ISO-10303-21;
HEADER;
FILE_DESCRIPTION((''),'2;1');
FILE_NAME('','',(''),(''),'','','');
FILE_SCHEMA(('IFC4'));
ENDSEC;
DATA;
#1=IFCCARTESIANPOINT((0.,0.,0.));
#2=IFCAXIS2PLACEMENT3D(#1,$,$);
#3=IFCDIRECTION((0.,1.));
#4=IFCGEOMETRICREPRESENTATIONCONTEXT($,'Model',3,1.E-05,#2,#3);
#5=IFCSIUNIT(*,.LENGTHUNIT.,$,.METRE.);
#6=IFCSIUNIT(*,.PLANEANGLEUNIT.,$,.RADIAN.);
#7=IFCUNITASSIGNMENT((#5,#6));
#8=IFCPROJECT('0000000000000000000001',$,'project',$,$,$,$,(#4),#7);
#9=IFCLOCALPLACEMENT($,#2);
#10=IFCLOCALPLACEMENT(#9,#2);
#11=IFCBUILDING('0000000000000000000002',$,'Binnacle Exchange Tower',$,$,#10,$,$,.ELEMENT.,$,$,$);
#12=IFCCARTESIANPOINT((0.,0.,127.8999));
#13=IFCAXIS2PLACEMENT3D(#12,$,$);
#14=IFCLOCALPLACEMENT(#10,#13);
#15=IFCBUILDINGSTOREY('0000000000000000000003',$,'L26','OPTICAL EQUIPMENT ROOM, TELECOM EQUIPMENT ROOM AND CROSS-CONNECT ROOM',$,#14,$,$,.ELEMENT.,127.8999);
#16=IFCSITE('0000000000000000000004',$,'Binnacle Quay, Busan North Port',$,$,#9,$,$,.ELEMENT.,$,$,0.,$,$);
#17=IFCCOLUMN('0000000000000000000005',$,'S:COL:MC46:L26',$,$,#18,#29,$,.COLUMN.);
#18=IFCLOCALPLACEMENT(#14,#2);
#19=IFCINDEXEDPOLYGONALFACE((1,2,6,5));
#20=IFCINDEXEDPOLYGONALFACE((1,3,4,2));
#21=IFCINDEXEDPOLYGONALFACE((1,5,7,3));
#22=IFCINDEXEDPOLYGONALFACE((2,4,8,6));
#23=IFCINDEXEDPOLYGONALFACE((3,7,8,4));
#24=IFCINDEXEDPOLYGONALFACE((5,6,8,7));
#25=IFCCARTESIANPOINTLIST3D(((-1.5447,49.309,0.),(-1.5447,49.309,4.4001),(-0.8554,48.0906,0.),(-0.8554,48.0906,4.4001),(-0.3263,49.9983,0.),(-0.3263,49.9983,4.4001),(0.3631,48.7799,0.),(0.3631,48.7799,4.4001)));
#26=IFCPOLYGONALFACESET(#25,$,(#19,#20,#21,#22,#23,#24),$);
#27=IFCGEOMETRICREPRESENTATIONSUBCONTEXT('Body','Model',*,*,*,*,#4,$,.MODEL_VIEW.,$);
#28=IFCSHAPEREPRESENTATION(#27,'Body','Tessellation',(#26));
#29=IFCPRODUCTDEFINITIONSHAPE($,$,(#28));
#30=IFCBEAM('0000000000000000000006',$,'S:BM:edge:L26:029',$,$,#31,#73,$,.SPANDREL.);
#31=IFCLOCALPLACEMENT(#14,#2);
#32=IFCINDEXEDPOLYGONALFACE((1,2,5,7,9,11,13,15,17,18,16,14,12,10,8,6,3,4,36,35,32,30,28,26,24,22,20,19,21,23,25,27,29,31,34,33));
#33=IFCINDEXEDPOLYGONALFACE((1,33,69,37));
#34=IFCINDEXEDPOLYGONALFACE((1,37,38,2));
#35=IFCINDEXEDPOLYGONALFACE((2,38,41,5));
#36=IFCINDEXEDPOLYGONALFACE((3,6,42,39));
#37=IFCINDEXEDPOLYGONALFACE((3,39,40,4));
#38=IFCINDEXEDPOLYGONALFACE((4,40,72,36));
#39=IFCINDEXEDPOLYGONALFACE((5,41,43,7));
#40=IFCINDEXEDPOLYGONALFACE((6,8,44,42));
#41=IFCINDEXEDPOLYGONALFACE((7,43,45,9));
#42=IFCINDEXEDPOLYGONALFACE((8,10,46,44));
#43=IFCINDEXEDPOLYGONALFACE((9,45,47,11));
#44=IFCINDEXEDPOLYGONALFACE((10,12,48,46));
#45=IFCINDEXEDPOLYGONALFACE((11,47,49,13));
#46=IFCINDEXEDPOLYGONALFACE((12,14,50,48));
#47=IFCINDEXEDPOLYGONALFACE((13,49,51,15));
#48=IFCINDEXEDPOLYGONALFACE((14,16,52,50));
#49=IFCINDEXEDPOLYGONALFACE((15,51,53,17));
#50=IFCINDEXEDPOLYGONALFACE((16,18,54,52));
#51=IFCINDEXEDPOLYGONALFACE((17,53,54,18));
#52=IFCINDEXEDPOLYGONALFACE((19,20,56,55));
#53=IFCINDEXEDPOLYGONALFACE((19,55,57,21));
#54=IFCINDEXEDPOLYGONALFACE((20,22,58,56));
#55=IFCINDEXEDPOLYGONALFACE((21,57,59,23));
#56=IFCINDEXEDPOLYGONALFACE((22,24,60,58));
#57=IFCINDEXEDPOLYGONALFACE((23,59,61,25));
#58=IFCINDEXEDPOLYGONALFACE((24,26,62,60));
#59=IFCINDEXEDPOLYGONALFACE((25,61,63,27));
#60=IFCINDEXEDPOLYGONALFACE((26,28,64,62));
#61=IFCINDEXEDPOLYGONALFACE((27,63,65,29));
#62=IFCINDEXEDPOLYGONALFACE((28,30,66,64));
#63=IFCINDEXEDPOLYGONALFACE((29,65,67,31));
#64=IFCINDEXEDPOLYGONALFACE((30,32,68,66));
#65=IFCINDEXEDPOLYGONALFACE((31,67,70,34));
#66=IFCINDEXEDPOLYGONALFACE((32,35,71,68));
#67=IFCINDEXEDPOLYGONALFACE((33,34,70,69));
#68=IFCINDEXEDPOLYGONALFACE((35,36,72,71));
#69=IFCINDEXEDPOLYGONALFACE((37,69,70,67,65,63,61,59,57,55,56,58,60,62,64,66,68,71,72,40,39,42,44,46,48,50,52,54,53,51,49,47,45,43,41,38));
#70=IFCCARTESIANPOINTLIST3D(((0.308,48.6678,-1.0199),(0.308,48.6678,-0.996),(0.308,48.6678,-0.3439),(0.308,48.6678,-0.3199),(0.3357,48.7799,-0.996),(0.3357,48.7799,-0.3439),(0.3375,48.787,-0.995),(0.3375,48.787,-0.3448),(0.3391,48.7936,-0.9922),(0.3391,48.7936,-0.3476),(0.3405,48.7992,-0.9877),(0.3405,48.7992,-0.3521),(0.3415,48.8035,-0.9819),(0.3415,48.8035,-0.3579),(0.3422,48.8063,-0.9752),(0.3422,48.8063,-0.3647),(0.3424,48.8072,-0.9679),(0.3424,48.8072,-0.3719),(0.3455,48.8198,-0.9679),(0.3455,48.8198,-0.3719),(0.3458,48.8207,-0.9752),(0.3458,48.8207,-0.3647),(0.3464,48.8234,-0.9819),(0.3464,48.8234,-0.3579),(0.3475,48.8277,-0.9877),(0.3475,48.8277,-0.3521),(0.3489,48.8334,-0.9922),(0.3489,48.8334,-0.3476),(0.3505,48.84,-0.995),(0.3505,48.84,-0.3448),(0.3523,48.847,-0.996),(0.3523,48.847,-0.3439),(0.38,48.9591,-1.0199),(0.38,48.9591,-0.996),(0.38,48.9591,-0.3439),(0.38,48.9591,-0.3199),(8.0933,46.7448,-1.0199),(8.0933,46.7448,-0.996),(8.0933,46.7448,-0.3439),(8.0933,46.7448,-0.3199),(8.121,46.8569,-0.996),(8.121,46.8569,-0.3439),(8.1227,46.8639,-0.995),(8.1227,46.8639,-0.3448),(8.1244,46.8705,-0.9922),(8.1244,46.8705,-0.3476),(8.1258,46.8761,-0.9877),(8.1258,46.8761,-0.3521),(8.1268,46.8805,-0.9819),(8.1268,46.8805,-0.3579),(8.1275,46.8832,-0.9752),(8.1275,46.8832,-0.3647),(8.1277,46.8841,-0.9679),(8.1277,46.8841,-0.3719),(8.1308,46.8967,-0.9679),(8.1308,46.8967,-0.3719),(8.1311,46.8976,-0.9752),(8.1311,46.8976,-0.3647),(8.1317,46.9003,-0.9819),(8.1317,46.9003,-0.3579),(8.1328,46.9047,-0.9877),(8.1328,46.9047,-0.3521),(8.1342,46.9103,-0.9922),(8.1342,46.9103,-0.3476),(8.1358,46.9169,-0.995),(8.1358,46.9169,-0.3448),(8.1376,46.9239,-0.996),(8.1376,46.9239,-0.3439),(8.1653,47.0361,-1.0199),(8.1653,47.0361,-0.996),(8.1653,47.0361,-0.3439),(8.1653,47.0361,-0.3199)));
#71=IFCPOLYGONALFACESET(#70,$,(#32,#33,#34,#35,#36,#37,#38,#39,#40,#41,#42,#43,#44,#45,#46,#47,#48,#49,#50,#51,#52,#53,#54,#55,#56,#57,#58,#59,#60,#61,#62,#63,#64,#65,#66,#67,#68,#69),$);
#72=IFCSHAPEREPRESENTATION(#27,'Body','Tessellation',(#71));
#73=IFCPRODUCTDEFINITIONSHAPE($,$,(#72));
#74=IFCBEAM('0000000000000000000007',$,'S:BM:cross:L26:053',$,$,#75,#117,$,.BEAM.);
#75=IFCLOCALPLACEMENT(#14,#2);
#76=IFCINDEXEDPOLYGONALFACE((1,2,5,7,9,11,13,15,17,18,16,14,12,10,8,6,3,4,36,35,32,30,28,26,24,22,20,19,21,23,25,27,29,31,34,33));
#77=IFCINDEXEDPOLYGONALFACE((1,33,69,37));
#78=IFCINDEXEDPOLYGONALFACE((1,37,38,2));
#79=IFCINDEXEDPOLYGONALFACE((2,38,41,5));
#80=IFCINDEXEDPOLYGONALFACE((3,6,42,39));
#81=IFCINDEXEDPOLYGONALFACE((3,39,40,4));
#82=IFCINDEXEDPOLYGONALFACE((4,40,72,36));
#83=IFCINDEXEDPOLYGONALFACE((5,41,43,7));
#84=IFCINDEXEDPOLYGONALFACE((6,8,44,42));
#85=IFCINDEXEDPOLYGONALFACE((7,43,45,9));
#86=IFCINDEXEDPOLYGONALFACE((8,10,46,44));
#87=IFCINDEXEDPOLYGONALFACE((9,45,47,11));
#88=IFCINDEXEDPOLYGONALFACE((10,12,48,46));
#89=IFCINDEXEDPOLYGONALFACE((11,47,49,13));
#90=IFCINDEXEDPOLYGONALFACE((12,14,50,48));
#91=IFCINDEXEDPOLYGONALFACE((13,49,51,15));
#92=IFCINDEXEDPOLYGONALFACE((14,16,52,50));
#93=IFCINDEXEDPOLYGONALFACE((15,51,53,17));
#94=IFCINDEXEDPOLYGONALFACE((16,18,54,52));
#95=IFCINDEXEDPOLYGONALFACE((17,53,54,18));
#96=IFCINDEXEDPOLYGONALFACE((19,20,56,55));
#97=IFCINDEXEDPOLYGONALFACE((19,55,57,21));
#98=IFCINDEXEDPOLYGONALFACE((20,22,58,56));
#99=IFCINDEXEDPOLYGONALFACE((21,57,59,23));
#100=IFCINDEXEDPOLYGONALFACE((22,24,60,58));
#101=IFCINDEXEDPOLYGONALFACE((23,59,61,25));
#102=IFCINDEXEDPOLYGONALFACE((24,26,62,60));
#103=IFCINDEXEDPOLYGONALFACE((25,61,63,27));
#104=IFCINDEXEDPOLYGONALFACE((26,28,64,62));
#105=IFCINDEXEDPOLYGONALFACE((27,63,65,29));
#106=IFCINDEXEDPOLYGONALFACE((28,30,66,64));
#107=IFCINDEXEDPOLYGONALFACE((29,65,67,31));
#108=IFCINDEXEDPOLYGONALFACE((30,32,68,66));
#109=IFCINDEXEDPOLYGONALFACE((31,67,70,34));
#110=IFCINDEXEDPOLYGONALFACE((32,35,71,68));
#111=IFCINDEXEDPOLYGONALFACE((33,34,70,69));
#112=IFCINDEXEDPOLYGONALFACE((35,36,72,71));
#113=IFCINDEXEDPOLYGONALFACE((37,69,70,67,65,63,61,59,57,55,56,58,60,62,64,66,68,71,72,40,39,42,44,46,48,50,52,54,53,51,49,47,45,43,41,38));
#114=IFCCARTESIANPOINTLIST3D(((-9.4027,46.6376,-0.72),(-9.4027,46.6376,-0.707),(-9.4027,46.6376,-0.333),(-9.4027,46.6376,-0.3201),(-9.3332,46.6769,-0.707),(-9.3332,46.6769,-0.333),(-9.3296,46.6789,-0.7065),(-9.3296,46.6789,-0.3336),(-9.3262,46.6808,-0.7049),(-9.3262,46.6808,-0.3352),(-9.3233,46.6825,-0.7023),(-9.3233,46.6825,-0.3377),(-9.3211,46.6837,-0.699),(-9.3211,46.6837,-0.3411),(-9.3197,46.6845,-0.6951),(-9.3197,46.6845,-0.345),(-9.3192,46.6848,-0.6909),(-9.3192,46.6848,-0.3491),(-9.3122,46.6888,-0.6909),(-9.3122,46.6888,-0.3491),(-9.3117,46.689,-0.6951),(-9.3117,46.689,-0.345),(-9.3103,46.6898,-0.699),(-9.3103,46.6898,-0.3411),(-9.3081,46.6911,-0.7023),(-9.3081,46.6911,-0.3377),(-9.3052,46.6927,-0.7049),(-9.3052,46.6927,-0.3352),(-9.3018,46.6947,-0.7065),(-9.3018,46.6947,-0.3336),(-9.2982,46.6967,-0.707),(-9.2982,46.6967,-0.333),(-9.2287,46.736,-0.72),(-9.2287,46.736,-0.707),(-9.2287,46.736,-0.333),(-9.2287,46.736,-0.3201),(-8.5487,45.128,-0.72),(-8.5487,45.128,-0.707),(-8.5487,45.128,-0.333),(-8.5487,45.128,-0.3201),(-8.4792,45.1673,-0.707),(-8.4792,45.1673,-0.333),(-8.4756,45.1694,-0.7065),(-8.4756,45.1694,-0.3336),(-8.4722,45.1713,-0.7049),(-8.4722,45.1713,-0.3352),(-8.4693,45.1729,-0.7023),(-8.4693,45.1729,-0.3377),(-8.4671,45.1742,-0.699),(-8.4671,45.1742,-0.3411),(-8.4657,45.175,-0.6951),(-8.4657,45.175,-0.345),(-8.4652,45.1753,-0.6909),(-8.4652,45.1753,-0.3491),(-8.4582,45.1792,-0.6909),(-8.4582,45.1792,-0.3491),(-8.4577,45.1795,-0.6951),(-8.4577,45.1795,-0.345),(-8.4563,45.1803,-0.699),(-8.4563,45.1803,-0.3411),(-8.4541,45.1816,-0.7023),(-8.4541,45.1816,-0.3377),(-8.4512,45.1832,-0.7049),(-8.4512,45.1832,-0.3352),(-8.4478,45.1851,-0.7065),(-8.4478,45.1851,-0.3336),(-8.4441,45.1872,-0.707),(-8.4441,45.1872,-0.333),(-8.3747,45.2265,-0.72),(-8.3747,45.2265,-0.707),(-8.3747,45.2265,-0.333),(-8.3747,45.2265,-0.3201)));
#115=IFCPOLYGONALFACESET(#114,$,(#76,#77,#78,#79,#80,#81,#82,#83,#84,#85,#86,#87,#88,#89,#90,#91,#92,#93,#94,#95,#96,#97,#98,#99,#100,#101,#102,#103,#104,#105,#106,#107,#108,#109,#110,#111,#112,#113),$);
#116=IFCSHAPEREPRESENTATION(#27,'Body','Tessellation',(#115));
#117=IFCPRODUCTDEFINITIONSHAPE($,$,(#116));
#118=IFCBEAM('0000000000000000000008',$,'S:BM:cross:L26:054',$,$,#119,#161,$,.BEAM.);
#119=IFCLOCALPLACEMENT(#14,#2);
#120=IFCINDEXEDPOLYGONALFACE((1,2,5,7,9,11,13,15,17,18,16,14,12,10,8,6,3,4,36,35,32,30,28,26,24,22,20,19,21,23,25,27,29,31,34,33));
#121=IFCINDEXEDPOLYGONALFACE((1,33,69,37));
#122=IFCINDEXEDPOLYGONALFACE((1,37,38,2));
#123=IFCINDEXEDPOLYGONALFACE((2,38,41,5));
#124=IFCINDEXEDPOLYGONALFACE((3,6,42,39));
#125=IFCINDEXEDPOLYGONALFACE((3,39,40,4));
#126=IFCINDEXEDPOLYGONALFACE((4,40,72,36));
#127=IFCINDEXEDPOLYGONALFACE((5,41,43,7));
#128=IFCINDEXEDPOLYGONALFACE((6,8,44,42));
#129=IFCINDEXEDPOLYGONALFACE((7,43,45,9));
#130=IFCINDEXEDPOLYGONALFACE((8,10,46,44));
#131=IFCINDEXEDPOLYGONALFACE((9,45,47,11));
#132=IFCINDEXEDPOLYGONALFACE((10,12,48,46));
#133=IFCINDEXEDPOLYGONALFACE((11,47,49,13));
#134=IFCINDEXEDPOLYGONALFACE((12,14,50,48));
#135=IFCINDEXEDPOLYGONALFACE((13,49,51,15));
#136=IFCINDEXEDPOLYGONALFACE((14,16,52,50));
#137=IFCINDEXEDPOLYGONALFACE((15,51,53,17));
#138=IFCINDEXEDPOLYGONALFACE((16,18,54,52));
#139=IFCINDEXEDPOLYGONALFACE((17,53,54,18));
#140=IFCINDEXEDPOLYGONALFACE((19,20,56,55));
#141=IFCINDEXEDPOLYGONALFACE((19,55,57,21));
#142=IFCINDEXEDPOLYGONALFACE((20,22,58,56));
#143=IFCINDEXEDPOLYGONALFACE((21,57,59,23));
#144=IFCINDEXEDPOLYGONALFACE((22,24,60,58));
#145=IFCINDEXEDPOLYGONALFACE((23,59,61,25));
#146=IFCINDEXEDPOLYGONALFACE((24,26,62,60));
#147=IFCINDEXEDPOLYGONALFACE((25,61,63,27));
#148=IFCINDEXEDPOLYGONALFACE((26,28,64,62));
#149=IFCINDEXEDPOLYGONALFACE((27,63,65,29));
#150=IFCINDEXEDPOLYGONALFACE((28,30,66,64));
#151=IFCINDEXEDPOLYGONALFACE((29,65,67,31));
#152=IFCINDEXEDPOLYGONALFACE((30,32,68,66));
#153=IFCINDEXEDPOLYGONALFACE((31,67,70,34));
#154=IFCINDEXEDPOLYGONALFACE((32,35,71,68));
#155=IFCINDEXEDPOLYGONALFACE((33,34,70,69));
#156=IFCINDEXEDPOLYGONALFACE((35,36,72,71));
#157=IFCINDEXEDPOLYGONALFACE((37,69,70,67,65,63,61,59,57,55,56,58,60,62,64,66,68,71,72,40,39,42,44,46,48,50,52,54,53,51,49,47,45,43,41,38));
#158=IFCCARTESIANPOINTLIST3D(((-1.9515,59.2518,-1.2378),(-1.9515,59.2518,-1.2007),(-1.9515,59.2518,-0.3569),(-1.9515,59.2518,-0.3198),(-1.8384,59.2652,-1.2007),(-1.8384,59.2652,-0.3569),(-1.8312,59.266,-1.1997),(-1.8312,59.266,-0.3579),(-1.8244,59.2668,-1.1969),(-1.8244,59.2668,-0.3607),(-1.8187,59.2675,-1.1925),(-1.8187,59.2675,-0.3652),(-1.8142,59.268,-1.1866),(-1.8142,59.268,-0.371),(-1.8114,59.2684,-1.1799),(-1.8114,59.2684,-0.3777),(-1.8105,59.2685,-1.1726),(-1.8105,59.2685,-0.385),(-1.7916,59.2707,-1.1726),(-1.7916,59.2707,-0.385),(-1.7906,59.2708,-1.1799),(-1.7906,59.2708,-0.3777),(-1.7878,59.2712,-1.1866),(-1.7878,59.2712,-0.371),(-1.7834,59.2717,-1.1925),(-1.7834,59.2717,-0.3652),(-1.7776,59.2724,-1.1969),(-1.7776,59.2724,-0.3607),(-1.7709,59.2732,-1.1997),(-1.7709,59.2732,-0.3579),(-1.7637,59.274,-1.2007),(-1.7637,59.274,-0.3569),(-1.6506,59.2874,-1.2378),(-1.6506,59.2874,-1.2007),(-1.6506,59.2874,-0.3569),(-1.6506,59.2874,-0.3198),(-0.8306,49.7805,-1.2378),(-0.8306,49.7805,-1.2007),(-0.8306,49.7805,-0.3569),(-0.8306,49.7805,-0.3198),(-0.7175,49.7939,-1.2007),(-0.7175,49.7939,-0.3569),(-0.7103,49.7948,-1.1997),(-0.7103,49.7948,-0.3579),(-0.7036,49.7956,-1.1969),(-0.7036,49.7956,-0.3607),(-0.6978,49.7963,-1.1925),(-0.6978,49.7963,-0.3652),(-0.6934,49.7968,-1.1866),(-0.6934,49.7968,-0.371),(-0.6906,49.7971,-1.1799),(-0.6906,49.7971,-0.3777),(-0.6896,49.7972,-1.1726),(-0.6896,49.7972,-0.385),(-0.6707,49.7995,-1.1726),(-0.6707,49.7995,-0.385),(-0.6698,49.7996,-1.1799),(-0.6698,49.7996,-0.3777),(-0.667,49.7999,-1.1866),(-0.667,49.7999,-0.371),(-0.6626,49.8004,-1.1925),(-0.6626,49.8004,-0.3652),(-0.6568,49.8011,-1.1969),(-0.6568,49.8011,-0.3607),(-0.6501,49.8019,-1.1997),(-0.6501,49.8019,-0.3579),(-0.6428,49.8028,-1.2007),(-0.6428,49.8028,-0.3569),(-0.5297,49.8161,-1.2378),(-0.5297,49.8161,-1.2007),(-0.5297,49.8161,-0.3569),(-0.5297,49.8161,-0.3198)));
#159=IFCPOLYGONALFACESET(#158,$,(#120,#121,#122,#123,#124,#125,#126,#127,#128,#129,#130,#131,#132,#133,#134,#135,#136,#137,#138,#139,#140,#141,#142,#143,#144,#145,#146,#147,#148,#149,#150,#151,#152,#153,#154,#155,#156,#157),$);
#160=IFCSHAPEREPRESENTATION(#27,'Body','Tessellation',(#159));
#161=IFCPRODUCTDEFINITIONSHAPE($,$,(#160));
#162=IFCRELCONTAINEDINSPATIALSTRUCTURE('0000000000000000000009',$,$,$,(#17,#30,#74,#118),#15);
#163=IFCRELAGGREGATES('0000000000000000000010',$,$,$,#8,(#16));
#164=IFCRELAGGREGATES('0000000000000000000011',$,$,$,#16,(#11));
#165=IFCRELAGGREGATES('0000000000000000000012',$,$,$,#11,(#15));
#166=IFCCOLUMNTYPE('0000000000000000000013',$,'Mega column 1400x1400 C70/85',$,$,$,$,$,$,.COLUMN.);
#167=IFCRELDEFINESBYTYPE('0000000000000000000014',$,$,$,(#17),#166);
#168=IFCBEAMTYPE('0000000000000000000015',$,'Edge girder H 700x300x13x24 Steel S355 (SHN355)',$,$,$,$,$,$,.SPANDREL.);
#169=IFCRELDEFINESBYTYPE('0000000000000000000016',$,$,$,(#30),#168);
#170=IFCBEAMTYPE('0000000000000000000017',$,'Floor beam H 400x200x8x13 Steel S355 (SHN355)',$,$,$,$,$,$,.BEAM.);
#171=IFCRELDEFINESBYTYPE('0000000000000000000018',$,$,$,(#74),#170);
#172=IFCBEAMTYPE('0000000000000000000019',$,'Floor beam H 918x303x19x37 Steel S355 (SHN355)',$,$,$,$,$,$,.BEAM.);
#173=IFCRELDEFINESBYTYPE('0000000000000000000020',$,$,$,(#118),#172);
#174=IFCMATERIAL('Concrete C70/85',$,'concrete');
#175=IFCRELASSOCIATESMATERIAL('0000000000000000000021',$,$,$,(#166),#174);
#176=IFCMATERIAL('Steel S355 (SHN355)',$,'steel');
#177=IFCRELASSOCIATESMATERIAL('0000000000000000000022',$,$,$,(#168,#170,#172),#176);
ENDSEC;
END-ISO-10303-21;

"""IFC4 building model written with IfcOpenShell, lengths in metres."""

from ifc_helpers import new_model, si_unit, direction, frame, origin, origin_2d, place, context, subcontext, project, spatial, rectangle, i_section, extrude, material, material_profile, profile_set, type_object, element, save


model = new_model("IFC4")

# Units and contexts
model_context = context("Model", 3, precision=1e-05, world=origin(), true_north=direction((0.0, 1.0)))
body_context = subcontext(model_context, "Body", "Model", "MODEL_VIEW")
ifc_project = project(units=[si_unit("LENGTHUNIT", "METRE"), si_unit("PLANEANGLEUNIT", "RADIAN")], contexts=[model_context])

# Site, building, storey
site_placement = place(None, origin())
site = spatial("IfcSite", under=ifc_project, at=site_placement, Name="Binnacle Quay, Busan North Port", CompositionType="ELEMENT", RefElevation=0.0)
building_placement = place(site_placement, origin())
building = spatial("IfcBuilding", under=site, at=building_placement, Name="Binnacle Exchange Tower", CompositionType="ELEMENT")
storey_placement = place(building_placement, frame((0.0, 0.0, 127.8999)))
storey = spatial("IfcBuildingStorey", under=building, at=storey_placement, Name="L26", Description="OPTICAL EQUIPMENT ROOM, TELECOM EQUIPMENT ROOM AND CROSS-CONNECT ROOM", CompositionType="ELEMENT", Elevation=127.8999)

# Column
ifc_material_1 = material(Name="Concrete C70/85", Category="concrete")
ifc_material_profile_1 = material_profile(ifc_material_1, rectangle(XDim=1.3999, YDim=1.3999, at=origin_2d()), Name="Mega column 1400x1400 C70/85")
ifc_profile_set_1 = profile_set([ifc_material_profile_1], Name="Concrete C70/85")
column_type = type_object("IfcColumnType", Name="Mega column 1400x1400 C70/85", PredefinedType="COLUMN", material=ifc_profile_set_1)
column_placement = place(storey_placement, frame((-0.5908, 49.0444, 0.0), z_axis=(0.0, 0.0, 1.0), x_axis=(0.870356, 0.492424, 0.0)))
element("IfcColumn", 1, at=column_placement, inside=storey, type_object=column_type, Name="S:COL:MC46:L26", PredefinedType="COLUMN", context=body_context, shape_type="SweptSolid", body=[
    extrude(rectangle(XDim=1.3999, YDim=1.3999, at=origin_2d()), origin(), (0.0, 0.0, 1.0), 4.4001),
])

# Beams
ifc_material_2 = material(Name="Steel S355 (SHN355)", Category="steel")
ifc_material_profile_2 = material_profile(ifc_material_2, i_section(OverallWidth=0.3, OverallDepth=0.7, WebThickness=0.0129, FlangeThickness=0.0239, FilletRadius=0.0281, at=origin_2d()), Name="H 700x300x13x24")
ifc_profile_set_2 = profile_set([ifc_material_profile_2], Name="Steel S355 (SHN355)")
beam_type_1 = type_object("IfcBeamType", Name="Edge girder H 700x300x13x24 Steel S355 (SHN355)", PredefinedType="SPANDREL", material=ifc_profile_set_2)
beam_1_placement = place(storey_placement, frame((0.344, 48.8135, -0.6699), z_axis=(0.970821, -0.239805, 0.0), x_axis=(0.239805, 0.970821, 0.0)))
element("IfcBeam", 2, at=beam_1_placement, inside=storey, type_object=beam_type_1, Name="S:BM:edge:L26:029", PredefinedType="SPANDREL", context=body_context, shape_type="SweptSolid", body=[
    extrude(i_section(OverallWidth=0.3, OverallDepth=0.7, WebThickness=0.0129, FlangeThickness=0.0239, FilletRadius=0.0281, at=origin_2d()), origin(), (0.0, 0.0, 1.0), 8.0193),
])
ifc_material_profile_3 = material_profile(ifc_material_2, i_section(OverallWidth=0.2, OverallDepth=0.3999, WebThickness=0.0081, FlangeThickness=0.0129, FilletRadius=0.0161, at=origin_2d()), Name="H 400x200x8x13")
ifc_profile_set_3 = profile_set([ifc_material_profile_3], Name="Steel S355 (SHN355)")
beam_type_2 = type_object("IfcBeamType", Name="Floor beam H 400x200x8x13 Steel S355 (SHN355)", PredefinedType="BEAM", material=ifc_profile_set_3)
beam_2_placement = place(storey_placement, frame((-8.4617, 45.1772, -0.52), z_axis=(-0.492405, 0.870366, 0.0), x_axis=(-0.870366, -0.492405, 0.0)))
element("IfcBeam", 3, at=beam_2_placement, inside=storey, type_object=beam_type_2, Name="S:BM:cross:L26:053", PredefinedType="BEAM", context=body_context, shape_type="SweptSolid", body=[
    extrude(i_section(OverallWidth=0.2, OverallDepth=0.3999, WebThickness=0.0081, FlangeThickness=0.0129, FilletRadius=0.0161, at=origin_2d()), origin(), (0.0, 0.0, 1.0), 1.7344),
])
ifc_material_profile_4 = material_profile(ifc_material_2, i_section(OverallWidth=0.303, OverallDepth=0.918, WebThickness=0.019, FlangeThickness=0.0371, FilletRadius=0.0281, at=origin_2d()), Name="H 918x303x19x37")
ifc_profile_set_4 = profile_set([ifc_material_profile_4], Name="Steel S355 (SHN355)")
beam_type_3 = type_object("IfcBeamType", Name="Floor beam H 918x303x19x37 Steel S355 (SHN355)", PredefinedType="BEAM", material=ifc_profile_set_4)
beam_3_placement = place(storey_placement, frame((-0.6802, 49.7983, -0.7788), z_axis=(-0.117523, 0.99307, 0.0), x_axis=(-0.99307, -0.117523, 0.0)))
element("IfcBeam", 4, at=beam_3_placement, inside=storey, type_object=beam_type_3, Name="S:BM:cross:L26:054", PredefinedType="BEAM", context=body_context, shape_type="SweptSolid", body=[
    extrude(i_section(OverallWidth=0.303, OverallDepth=0.918, WebThickness=0.019, FlangeThickness=0.0371, FilletRadius=0.0281, at=origin_2d()), origin(), (0.0, 0.0, 1.0), 9.5374),
])

save(model, "model.ifc")
